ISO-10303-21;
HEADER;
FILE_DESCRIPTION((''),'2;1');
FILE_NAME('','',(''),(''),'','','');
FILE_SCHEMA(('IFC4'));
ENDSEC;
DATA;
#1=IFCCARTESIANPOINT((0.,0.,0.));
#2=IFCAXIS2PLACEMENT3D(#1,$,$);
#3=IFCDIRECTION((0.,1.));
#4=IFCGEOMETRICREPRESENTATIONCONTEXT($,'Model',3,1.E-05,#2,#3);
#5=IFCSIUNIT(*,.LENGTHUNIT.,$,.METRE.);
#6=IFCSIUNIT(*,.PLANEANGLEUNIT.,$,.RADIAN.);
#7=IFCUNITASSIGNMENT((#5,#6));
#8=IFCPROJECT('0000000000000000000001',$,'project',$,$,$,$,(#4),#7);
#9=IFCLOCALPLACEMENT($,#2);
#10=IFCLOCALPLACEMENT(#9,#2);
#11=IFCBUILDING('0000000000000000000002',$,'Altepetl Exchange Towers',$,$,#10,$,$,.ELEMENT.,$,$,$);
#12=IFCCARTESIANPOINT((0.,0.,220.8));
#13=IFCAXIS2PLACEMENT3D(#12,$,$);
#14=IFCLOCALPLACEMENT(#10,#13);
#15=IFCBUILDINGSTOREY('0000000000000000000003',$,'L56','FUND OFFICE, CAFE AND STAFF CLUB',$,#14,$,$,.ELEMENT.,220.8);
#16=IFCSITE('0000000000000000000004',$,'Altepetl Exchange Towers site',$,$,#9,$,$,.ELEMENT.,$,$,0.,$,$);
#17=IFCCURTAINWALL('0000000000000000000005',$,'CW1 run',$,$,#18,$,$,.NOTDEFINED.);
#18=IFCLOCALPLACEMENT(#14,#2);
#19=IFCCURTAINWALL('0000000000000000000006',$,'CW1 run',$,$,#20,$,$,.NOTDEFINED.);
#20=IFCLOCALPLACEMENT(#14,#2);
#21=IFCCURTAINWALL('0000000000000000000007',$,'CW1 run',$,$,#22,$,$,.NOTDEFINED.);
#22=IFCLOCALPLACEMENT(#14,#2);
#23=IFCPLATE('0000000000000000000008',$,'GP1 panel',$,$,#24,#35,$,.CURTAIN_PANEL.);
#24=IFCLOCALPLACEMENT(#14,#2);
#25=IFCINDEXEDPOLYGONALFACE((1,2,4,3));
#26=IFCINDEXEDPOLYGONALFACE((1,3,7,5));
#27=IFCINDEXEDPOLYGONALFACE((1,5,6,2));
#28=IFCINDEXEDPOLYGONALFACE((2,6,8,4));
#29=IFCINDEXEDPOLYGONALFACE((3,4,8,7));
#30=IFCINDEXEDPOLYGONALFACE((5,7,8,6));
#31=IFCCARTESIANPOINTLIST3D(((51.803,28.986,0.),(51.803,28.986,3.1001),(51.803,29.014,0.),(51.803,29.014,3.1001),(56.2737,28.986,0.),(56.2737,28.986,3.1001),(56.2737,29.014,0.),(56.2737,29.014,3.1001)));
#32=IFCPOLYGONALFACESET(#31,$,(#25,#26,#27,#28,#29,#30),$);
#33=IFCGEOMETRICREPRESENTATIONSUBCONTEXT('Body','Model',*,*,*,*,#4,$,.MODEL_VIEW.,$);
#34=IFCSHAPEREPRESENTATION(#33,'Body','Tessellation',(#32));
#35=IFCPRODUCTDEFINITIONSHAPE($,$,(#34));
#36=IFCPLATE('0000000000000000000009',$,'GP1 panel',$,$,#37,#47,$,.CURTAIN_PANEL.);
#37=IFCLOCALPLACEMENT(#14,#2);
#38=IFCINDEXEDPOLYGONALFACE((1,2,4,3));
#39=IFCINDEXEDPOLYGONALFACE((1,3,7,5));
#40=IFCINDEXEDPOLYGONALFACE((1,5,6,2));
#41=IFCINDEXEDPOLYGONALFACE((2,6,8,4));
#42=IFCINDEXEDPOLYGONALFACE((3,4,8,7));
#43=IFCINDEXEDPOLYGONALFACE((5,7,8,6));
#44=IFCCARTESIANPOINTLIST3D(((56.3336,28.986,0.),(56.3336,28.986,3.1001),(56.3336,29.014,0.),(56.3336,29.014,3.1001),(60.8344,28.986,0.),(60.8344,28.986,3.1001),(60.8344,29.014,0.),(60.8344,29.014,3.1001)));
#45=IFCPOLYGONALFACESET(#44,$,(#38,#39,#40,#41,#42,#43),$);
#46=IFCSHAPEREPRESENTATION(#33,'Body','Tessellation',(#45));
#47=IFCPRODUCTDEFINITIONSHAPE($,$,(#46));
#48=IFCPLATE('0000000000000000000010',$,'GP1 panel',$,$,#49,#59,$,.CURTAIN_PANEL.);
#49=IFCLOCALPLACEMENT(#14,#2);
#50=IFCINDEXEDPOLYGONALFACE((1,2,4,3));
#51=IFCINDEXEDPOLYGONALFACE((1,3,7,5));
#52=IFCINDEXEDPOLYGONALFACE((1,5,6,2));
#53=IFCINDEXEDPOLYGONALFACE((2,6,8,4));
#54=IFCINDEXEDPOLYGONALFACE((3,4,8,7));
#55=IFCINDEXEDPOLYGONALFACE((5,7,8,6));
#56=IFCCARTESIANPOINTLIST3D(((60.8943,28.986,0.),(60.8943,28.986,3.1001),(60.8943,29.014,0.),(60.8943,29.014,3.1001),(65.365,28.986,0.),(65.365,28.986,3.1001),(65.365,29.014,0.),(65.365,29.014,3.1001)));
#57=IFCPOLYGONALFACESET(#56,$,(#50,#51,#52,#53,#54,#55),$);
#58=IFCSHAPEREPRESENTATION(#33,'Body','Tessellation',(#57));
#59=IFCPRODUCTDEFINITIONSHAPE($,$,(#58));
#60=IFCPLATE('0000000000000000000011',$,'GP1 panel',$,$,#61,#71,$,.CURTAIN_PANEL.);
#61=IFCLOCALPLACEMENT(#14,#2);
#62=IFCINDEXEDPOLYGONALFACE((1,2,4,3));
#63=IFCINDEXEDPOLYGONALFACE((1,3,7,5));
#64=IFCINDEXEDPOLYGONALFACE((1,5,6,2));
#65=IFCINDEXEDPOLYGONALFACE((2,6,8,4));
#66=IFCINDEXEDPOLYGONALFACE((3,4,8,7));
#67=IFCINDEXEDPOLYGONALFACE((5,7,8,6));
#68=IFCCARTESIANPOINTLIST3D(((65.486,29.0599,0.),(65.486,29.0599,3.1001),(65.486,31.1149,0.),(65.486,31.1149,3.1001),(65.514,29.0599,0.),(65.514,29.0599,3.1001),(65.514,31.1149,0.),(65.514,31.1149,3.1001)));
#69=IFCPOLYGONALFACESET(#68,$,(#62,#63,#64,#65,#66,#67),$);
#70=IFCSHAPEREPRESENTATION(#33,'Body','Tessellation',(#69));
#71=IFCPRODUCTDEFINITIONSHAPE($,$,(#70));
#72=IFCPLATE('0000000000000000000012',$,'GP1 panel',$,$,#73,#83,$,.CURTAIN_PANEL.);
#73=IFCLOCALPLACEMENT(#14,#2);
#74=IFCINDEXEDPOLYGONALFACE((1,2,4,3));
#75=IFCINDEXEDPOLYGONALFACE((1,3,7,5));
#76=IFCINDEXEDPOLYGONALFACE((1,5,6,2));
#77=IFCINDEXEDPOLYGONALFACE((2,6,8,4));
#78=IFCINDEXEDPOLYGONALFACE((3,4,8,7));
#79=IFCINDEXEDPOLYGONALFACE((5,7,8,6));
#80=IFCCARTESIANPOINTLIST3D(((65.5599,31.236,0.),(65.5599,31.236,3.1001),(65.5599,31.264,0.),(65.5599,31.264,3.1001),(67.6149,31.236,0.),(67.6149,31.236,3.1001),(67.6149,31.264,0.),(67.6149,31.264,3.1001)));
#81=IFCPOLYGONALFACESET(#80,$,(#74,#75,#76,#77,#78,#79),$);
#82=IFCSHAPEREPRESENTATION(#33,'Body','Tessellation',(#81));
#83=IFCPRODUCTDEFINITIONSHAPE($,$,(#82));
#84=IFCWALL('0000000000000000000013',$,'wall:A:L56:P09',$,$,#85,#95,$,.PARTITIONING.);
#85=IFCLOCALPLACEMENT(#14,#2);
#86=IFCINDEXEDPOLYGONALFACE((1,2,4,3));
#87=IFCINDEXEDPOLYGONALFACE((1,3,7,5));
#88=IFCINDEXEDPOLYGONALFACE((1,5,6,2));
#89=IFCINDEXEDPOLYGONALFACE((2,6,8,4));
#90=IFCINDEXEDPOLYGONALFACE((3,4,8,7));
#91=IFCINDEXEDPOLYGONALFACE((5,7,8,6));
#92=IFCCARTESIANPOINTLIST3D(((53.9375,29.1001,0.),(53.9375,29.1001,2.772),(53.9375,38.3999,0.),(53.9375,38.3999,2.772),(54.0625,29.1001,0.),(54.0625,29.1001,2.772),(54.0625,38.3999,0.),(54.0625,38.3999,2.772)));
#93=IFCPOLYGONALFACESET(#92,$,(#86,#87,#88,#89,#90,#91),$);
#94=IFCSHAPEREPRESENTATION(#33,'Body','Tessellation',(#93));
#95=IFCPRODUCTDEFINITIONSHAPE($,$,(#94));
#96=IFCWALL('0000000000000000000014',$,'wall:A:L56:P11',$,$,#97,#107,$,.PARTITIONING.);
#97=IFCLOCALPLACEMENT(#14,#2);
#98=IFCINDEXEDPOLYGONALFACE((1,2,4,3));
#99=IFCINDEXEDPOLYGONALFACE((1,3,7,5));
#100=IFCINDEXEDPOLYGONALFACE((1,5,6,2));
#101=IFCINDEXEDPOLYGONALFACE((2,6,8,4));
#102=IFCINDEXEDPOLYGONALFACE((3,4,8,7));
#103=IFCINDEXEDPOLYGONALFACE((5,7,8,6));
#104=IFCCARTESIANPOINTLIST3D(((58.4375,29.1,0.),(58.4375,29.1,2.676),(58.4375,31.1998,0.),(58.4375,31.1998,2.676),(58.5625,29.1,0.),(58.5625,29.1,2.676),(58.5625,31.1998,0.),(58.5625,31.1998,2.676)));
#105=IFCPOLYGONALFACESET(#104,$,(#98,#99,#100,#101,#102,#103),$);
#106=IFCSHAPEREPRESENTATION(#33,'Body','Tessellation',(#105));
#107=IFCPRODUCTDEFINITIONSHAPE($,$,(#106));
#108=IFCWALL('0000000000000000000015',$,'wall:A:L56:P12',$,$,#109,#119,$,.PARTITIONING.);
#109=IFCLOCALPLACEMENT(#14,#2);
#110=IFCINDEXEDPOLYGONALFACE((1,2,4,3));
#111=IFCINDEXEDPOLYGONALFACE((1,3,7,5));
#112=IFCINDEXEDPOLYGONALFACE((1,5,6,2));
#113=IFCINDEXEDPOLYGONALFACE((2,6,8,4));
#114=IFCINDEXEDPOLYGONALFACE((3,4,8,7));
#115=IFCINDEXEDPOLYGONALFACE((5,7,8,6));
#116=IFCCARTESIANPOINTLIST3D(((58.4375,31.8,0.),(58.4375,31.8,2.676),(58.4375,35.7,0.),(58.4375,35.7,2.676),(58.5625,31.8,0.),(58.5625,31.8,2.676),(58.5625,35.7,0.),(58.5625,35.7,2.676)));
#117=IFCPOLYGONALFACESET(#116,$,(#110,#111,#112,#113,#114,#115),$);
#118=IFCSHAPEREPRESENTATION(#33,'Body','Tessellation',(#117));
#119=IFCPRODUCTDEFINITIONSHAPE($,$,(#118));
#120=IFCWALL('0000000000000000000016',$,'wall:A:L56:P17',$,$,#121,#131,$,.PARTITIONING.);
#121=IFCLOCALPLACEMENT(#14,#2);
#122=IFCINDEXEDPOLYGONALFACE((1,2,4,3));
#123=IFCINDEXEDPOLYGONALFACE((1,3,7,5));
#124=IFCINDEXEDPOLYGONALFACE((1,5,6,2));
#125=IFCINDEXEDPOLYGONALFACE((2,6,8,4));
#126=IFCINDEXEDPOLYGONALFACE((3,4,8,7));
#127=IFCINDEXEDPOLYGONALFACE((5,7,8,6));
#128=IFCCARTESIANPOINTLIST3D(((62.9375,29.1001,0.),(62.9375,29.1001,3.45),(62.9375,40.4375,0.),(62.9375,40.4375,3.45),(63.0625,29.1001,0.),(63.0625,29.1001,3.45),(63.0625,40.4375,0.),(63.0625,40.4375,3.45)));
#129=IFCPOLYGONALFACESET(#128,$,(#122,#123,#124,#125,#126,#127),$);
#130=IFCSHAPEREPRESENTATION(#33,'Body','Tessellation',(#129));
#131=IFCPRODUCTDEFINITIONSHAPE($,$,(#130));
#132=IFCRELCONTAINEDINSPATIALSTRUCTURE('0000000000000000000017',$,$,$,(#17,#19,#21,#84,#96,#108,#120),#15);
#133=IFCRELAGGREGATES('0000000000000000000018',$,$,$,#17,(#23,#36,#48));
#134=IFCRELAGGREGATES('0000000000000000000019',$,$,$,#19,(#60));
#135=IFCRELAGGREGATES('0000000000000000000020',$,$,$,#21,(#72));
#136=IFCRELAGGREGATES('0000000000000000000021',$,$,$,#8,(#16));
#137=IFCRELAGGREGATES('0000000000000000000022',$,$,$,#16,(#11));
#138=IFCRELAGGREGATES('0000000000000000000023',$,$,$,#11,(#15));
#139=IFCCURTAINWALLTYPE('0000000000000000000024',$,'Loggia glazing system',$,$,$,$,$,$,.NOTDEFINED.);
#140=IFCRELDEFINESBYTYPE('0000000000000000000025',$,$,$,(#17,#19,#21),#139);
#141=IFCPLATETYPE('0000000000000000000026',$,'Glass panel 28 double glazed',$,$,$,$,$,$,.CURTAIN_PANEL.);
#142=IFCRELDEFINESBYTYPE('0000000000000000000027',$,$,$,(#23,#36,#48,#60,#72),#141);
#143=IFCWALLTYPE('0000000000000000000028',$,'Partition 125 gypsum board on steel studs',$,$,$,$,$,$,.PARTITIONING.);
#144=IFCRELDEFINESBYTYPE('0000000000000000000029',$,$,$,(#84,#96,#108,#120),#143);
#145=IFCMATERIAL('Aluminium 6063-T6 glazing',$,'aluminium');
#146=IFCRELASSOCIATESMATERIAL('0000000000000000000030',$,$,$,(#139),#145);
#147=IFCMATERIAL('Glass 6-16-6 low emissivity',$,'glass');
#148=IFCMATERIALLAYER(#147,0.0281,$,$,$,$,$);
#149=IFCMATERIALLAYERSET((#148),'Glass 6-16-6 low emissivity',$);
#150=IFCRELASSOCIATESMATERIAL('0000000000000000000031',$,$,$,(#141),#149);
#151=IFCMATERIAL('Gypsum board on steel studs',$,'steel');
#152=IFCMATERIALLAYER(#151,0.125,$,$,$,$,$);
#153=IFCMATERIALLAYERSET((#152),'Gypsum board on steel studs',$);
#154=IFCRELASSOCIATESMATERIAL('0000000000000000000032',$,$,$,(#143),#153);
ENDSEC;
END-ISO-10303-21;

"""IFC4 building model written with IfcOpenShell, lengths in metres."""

from ifc_helpers import new_model, si_unit, direction, frame, frame_2d, origin, origin_2d, place, context, subcontext, project, spatial, rectangle, extrude, material, layer, layer_set, type_object, element, aggregate, save


model = new_model("IFC4")

# Units and contexts
model_context = context("Model", 3, precision=1e-05, world=origin(), true_north=direction((0.0, 1.0)))
body_context = subcontext(model_context, "Body", "Model", "MODEL_VIEW")
ifc_project = project(units=[si_unit("LENGTHUNIT", "METRE"), si_unit("PLANEANGLEUNIT", "RADIAN")], contexts=[model_context])

# Site, building, storey
site_placement = place(None, origin())
site = spatial("IfcSite", under=ifc_project, at=site_placement, Name="Altepetl Exchange Towers site", CompositionType="ELEMENT", RefElevation=0.0)
building_placement = place(site_placement, origin())
building = spatial("IfcBuilding", under=site, at=building_placement, Name="Altepetl Exchange Towers", CompositionType="ELEMENT")
storey_placement = place(building_placement, frame((0.0, 0.0, 220.8)))
storey = spatial("IfcBuildingStorey", under=building, at=storey_placement, Name="L56", Description="FUND OFFICE, CAFE AND STAFF CLUB", CompositionType="ELEMENT", Elevation=220.8)

# Curtain walls
ifc_material_1 = material(Name="Aluminium 6063-T6 glazing", Category="aluminium")
curtain_wall_type = type_object("IfcCurtainWallType", Name="Loggia glazing system", PredefinedType="NOTDEFINED", material=ifc_material_1)
curtain_wall_1_placement = place(storey_placement, origin())
curtain_wall_1 = element("IfcCurtainWall", 1, at=curtain_wall_1_placement, inside=storey, type_object=curtain_wall_type, Name="CW1 run", PredefinedType="NOTDEFINED")
curtain_wall_2_placement = place(storey_placement, origin())
curtain_wall_2 = element("IfcCurtainWall", 2, at=curtain_wall_2_placement, inside=storey, type_object=curtain_wall_type, Name="CW1 run", PredefinedType="NOTDEFINED")
curtain_wall_3_placement = place(storey_placement, origin())
curtain_wall_3 = element("IfcCurtainWall", 3, at=curtain_wall_3_placement, inside=storey, type_object=curtain_wall_type, Name="CW1 run", PredefinedType="NOTDEFINED")

# Plates
ifc_material_2 = material(Name="Glass 6-16-6 low emissivity", Category="glass")
ifc_layer_1 = layer(ifc_material_2, 0.0281)
ifc_layer_set_1 = layer_set([ifc_layer_1], Name="Glass 6-16-6 low emissivity")
plate_type = type_object("IfcPlateType", Name="Glass panel 28 double glazed", PredefinedType="CURTAIN_PANEL", material=ifc_layer_set_1)
plate_1_placement = place(storey_placement, frame((54.0383, 29.0, 0.0)))
plate_1 = element("IfcPlate", 4, at=plate_1_placement, type_object=plate_type, Name="GP1 panel", PredefinedType="CURTAIN_PANEL", context=body_context, shape_type="SweptSolid", body=[
    extrude(rectangle(XDim=4.4707, YDim=0.0281, at=origin_2d()), origin(), (0.0, 0.0, 1.0), 3.1001),
])
plate_2_placement = place(storey_placement, frame((58.584, 29.0, 0.0)))
plate_2 = element("IfcPlate", 5, at=plate_2_placement, type_object=plate_type, Name="GP1 panel", PredefinedType="CURTAIN_PANEL", context=body_context, shape_type="SweptSolid", body=[
    extrude(rectangle(XDim=4.5007, YDim=0.0281, at=origin_2d()), origin(), (0.0, 0.0, 1.0), 3.1001),
])
plate_3_placement = place(storey_placement, frame((63.1296, 29.0, 0.0)))
plate_3 = element("IfcPlate", 6, at=plate_3_placement, type_object=plate_type, Name="GP1 panel", PredefinedType="CURTAIN_PANEL", context=body_context, shape_type="SweptSolid", body=[
    extrude(rectangle(XDim=4.4707, YDim=0.0281, at=origin_2d()), origin(), (0.0, 0.0, 1.0), 3.1001),
])
aggregate(curtain_wall_1, [plate_1, plate_2, plate_3])
plate_4_placement = place(storey_placement, frame((65.5, 30.0874, 0.0), z_axis=(0.0, 0.0, 1.0), x_axis=(0.0, 1.0, 0.0)))
plate_4 = element("IfcPlate", 7, at=plate_4_placement, type_object=plate_type, Name="GP1 panel", PredefinedType="CURTAIN_PANEL", context=body_context, shape_type="SweptSolid", body=[
    extrude(rectangle(XDim=2.0549, YDim=0.0281, at=origin_2d()), origin(), (0.0, 0.0, 1.0), 3.1001),
])
aggregate(curtain_wall_2, [plate_4])
plate_5_placement = place(storey_placement, frame((66.5874, 31.25, 0.0)))
plate_5 = element("IfcPlate", 8, at=plate_5_placement, type_object=plate_type, Name="GP1 panel", PredefinedType="CURTAIN_PANEL", context=body_context, shape_type="SweptSolid", body=[
    extrude(rectangle(XDim=2.0549, YDim=0.0281, at=origin_2d()), origin(), (0.0, 0.0, 1.0), 3.1001),
])
aggregate(curtain_wall_3, [plate_5])

# Walls
ifc_material_3 = material(Name="Gypsum board on steel studs", Category="steel")
ifc_layer_2 = layer(ifc_material_3, 0.125)
ifc_layer_set_2 = layer_set([ifc_layer_2], Name="Gypsum board on steel studs")
wall_type = type_object("IfcWallType", Name="Partition 125 gypsum board on steel studs", PredefinedType="PARTITIONING", material=ifc_layer_set_2)
wall_1_placement = place(storey_placement, frame((54.0, 29.1001, 0.0), z_axis=(0.0, 0.0, 1.0), x_axis=(0.0, 1.0, 0.0)))
element("IfcWall", 9, at=wall_1_placement, inside=storey, type_object=wall_type, Name="wall:A:L56:P09", PredefinedType="PARTITIONING", context=body_context, shape_type="SweptSolid", body=[
    extrude(rectangle(XDim=9.2998, YDim=0.125, at=frame_2d((4.6499, 0.0))), origin(), (0.0, 0.0, 1.0), 2.772),
])
wall_2_placement = place(storey_placement, frame((58.5, 29.1001, 0.0), z_axis=(0.0, 0.0, 1.0), x_axis=(0.0, 1.0, 0.0)))
element("IfcWall", 10, at=wall_2_placement, inside=storey, type_object=wall_type, Name="wall:A:L56:P11", PredefinedType="PARTITIONING", context=body_context, shape_type="SweptSolid", body=[
    extrude(rectangle(XDim=2.0999, YDim=0.125, at=frame_2d((1.0498, 0.0))), origin(), (0.0, 0.0, 1.0), 2.676),
])
wall_3_placement = place(storey_placement, frame((58.5, 31.8, 0.0), z_axis=(0.0, 0.0, 1.0), x_axis=(0.0, 1.0, 0.0)))
element("IfcWall", 11, at=wall_3_placement, inside=storey, type_object=wall_type, Name="wall:A:L56:P12", PredefinedType="PARTITIONING", context=body_context, shape_type="SweptSolid", body=[
    extrude(rectangle(XDim=3.8999, YDim=0.125, at=frame_2d((1.95, 0.0))), origin(), (0.0, 0.0, 1.0), 2.676),
])
wall_4_placement = place(storey_placement, frame((63.0, 29.1001, 0.0), z_axis=(0.0, 0.0, 1.0), x_axis=(0.0, 1.0, 0.0)))
element("IfcWall", 12, at=wall_4_placement, inside=storey, type_object=wall_type, Name="wall:A:L56:P17", PredefinedType="PARTITIONING", context=body_context, shape_type="SweptSolid", body=[
    extrude(rectangle(XDim=11.3374, YDim=0.125, at=frame_2d((5.6687, 0.0))), origin(), (0.0, 0.0, 1.0), 3.45),
])

save(model, "model.ifc")
